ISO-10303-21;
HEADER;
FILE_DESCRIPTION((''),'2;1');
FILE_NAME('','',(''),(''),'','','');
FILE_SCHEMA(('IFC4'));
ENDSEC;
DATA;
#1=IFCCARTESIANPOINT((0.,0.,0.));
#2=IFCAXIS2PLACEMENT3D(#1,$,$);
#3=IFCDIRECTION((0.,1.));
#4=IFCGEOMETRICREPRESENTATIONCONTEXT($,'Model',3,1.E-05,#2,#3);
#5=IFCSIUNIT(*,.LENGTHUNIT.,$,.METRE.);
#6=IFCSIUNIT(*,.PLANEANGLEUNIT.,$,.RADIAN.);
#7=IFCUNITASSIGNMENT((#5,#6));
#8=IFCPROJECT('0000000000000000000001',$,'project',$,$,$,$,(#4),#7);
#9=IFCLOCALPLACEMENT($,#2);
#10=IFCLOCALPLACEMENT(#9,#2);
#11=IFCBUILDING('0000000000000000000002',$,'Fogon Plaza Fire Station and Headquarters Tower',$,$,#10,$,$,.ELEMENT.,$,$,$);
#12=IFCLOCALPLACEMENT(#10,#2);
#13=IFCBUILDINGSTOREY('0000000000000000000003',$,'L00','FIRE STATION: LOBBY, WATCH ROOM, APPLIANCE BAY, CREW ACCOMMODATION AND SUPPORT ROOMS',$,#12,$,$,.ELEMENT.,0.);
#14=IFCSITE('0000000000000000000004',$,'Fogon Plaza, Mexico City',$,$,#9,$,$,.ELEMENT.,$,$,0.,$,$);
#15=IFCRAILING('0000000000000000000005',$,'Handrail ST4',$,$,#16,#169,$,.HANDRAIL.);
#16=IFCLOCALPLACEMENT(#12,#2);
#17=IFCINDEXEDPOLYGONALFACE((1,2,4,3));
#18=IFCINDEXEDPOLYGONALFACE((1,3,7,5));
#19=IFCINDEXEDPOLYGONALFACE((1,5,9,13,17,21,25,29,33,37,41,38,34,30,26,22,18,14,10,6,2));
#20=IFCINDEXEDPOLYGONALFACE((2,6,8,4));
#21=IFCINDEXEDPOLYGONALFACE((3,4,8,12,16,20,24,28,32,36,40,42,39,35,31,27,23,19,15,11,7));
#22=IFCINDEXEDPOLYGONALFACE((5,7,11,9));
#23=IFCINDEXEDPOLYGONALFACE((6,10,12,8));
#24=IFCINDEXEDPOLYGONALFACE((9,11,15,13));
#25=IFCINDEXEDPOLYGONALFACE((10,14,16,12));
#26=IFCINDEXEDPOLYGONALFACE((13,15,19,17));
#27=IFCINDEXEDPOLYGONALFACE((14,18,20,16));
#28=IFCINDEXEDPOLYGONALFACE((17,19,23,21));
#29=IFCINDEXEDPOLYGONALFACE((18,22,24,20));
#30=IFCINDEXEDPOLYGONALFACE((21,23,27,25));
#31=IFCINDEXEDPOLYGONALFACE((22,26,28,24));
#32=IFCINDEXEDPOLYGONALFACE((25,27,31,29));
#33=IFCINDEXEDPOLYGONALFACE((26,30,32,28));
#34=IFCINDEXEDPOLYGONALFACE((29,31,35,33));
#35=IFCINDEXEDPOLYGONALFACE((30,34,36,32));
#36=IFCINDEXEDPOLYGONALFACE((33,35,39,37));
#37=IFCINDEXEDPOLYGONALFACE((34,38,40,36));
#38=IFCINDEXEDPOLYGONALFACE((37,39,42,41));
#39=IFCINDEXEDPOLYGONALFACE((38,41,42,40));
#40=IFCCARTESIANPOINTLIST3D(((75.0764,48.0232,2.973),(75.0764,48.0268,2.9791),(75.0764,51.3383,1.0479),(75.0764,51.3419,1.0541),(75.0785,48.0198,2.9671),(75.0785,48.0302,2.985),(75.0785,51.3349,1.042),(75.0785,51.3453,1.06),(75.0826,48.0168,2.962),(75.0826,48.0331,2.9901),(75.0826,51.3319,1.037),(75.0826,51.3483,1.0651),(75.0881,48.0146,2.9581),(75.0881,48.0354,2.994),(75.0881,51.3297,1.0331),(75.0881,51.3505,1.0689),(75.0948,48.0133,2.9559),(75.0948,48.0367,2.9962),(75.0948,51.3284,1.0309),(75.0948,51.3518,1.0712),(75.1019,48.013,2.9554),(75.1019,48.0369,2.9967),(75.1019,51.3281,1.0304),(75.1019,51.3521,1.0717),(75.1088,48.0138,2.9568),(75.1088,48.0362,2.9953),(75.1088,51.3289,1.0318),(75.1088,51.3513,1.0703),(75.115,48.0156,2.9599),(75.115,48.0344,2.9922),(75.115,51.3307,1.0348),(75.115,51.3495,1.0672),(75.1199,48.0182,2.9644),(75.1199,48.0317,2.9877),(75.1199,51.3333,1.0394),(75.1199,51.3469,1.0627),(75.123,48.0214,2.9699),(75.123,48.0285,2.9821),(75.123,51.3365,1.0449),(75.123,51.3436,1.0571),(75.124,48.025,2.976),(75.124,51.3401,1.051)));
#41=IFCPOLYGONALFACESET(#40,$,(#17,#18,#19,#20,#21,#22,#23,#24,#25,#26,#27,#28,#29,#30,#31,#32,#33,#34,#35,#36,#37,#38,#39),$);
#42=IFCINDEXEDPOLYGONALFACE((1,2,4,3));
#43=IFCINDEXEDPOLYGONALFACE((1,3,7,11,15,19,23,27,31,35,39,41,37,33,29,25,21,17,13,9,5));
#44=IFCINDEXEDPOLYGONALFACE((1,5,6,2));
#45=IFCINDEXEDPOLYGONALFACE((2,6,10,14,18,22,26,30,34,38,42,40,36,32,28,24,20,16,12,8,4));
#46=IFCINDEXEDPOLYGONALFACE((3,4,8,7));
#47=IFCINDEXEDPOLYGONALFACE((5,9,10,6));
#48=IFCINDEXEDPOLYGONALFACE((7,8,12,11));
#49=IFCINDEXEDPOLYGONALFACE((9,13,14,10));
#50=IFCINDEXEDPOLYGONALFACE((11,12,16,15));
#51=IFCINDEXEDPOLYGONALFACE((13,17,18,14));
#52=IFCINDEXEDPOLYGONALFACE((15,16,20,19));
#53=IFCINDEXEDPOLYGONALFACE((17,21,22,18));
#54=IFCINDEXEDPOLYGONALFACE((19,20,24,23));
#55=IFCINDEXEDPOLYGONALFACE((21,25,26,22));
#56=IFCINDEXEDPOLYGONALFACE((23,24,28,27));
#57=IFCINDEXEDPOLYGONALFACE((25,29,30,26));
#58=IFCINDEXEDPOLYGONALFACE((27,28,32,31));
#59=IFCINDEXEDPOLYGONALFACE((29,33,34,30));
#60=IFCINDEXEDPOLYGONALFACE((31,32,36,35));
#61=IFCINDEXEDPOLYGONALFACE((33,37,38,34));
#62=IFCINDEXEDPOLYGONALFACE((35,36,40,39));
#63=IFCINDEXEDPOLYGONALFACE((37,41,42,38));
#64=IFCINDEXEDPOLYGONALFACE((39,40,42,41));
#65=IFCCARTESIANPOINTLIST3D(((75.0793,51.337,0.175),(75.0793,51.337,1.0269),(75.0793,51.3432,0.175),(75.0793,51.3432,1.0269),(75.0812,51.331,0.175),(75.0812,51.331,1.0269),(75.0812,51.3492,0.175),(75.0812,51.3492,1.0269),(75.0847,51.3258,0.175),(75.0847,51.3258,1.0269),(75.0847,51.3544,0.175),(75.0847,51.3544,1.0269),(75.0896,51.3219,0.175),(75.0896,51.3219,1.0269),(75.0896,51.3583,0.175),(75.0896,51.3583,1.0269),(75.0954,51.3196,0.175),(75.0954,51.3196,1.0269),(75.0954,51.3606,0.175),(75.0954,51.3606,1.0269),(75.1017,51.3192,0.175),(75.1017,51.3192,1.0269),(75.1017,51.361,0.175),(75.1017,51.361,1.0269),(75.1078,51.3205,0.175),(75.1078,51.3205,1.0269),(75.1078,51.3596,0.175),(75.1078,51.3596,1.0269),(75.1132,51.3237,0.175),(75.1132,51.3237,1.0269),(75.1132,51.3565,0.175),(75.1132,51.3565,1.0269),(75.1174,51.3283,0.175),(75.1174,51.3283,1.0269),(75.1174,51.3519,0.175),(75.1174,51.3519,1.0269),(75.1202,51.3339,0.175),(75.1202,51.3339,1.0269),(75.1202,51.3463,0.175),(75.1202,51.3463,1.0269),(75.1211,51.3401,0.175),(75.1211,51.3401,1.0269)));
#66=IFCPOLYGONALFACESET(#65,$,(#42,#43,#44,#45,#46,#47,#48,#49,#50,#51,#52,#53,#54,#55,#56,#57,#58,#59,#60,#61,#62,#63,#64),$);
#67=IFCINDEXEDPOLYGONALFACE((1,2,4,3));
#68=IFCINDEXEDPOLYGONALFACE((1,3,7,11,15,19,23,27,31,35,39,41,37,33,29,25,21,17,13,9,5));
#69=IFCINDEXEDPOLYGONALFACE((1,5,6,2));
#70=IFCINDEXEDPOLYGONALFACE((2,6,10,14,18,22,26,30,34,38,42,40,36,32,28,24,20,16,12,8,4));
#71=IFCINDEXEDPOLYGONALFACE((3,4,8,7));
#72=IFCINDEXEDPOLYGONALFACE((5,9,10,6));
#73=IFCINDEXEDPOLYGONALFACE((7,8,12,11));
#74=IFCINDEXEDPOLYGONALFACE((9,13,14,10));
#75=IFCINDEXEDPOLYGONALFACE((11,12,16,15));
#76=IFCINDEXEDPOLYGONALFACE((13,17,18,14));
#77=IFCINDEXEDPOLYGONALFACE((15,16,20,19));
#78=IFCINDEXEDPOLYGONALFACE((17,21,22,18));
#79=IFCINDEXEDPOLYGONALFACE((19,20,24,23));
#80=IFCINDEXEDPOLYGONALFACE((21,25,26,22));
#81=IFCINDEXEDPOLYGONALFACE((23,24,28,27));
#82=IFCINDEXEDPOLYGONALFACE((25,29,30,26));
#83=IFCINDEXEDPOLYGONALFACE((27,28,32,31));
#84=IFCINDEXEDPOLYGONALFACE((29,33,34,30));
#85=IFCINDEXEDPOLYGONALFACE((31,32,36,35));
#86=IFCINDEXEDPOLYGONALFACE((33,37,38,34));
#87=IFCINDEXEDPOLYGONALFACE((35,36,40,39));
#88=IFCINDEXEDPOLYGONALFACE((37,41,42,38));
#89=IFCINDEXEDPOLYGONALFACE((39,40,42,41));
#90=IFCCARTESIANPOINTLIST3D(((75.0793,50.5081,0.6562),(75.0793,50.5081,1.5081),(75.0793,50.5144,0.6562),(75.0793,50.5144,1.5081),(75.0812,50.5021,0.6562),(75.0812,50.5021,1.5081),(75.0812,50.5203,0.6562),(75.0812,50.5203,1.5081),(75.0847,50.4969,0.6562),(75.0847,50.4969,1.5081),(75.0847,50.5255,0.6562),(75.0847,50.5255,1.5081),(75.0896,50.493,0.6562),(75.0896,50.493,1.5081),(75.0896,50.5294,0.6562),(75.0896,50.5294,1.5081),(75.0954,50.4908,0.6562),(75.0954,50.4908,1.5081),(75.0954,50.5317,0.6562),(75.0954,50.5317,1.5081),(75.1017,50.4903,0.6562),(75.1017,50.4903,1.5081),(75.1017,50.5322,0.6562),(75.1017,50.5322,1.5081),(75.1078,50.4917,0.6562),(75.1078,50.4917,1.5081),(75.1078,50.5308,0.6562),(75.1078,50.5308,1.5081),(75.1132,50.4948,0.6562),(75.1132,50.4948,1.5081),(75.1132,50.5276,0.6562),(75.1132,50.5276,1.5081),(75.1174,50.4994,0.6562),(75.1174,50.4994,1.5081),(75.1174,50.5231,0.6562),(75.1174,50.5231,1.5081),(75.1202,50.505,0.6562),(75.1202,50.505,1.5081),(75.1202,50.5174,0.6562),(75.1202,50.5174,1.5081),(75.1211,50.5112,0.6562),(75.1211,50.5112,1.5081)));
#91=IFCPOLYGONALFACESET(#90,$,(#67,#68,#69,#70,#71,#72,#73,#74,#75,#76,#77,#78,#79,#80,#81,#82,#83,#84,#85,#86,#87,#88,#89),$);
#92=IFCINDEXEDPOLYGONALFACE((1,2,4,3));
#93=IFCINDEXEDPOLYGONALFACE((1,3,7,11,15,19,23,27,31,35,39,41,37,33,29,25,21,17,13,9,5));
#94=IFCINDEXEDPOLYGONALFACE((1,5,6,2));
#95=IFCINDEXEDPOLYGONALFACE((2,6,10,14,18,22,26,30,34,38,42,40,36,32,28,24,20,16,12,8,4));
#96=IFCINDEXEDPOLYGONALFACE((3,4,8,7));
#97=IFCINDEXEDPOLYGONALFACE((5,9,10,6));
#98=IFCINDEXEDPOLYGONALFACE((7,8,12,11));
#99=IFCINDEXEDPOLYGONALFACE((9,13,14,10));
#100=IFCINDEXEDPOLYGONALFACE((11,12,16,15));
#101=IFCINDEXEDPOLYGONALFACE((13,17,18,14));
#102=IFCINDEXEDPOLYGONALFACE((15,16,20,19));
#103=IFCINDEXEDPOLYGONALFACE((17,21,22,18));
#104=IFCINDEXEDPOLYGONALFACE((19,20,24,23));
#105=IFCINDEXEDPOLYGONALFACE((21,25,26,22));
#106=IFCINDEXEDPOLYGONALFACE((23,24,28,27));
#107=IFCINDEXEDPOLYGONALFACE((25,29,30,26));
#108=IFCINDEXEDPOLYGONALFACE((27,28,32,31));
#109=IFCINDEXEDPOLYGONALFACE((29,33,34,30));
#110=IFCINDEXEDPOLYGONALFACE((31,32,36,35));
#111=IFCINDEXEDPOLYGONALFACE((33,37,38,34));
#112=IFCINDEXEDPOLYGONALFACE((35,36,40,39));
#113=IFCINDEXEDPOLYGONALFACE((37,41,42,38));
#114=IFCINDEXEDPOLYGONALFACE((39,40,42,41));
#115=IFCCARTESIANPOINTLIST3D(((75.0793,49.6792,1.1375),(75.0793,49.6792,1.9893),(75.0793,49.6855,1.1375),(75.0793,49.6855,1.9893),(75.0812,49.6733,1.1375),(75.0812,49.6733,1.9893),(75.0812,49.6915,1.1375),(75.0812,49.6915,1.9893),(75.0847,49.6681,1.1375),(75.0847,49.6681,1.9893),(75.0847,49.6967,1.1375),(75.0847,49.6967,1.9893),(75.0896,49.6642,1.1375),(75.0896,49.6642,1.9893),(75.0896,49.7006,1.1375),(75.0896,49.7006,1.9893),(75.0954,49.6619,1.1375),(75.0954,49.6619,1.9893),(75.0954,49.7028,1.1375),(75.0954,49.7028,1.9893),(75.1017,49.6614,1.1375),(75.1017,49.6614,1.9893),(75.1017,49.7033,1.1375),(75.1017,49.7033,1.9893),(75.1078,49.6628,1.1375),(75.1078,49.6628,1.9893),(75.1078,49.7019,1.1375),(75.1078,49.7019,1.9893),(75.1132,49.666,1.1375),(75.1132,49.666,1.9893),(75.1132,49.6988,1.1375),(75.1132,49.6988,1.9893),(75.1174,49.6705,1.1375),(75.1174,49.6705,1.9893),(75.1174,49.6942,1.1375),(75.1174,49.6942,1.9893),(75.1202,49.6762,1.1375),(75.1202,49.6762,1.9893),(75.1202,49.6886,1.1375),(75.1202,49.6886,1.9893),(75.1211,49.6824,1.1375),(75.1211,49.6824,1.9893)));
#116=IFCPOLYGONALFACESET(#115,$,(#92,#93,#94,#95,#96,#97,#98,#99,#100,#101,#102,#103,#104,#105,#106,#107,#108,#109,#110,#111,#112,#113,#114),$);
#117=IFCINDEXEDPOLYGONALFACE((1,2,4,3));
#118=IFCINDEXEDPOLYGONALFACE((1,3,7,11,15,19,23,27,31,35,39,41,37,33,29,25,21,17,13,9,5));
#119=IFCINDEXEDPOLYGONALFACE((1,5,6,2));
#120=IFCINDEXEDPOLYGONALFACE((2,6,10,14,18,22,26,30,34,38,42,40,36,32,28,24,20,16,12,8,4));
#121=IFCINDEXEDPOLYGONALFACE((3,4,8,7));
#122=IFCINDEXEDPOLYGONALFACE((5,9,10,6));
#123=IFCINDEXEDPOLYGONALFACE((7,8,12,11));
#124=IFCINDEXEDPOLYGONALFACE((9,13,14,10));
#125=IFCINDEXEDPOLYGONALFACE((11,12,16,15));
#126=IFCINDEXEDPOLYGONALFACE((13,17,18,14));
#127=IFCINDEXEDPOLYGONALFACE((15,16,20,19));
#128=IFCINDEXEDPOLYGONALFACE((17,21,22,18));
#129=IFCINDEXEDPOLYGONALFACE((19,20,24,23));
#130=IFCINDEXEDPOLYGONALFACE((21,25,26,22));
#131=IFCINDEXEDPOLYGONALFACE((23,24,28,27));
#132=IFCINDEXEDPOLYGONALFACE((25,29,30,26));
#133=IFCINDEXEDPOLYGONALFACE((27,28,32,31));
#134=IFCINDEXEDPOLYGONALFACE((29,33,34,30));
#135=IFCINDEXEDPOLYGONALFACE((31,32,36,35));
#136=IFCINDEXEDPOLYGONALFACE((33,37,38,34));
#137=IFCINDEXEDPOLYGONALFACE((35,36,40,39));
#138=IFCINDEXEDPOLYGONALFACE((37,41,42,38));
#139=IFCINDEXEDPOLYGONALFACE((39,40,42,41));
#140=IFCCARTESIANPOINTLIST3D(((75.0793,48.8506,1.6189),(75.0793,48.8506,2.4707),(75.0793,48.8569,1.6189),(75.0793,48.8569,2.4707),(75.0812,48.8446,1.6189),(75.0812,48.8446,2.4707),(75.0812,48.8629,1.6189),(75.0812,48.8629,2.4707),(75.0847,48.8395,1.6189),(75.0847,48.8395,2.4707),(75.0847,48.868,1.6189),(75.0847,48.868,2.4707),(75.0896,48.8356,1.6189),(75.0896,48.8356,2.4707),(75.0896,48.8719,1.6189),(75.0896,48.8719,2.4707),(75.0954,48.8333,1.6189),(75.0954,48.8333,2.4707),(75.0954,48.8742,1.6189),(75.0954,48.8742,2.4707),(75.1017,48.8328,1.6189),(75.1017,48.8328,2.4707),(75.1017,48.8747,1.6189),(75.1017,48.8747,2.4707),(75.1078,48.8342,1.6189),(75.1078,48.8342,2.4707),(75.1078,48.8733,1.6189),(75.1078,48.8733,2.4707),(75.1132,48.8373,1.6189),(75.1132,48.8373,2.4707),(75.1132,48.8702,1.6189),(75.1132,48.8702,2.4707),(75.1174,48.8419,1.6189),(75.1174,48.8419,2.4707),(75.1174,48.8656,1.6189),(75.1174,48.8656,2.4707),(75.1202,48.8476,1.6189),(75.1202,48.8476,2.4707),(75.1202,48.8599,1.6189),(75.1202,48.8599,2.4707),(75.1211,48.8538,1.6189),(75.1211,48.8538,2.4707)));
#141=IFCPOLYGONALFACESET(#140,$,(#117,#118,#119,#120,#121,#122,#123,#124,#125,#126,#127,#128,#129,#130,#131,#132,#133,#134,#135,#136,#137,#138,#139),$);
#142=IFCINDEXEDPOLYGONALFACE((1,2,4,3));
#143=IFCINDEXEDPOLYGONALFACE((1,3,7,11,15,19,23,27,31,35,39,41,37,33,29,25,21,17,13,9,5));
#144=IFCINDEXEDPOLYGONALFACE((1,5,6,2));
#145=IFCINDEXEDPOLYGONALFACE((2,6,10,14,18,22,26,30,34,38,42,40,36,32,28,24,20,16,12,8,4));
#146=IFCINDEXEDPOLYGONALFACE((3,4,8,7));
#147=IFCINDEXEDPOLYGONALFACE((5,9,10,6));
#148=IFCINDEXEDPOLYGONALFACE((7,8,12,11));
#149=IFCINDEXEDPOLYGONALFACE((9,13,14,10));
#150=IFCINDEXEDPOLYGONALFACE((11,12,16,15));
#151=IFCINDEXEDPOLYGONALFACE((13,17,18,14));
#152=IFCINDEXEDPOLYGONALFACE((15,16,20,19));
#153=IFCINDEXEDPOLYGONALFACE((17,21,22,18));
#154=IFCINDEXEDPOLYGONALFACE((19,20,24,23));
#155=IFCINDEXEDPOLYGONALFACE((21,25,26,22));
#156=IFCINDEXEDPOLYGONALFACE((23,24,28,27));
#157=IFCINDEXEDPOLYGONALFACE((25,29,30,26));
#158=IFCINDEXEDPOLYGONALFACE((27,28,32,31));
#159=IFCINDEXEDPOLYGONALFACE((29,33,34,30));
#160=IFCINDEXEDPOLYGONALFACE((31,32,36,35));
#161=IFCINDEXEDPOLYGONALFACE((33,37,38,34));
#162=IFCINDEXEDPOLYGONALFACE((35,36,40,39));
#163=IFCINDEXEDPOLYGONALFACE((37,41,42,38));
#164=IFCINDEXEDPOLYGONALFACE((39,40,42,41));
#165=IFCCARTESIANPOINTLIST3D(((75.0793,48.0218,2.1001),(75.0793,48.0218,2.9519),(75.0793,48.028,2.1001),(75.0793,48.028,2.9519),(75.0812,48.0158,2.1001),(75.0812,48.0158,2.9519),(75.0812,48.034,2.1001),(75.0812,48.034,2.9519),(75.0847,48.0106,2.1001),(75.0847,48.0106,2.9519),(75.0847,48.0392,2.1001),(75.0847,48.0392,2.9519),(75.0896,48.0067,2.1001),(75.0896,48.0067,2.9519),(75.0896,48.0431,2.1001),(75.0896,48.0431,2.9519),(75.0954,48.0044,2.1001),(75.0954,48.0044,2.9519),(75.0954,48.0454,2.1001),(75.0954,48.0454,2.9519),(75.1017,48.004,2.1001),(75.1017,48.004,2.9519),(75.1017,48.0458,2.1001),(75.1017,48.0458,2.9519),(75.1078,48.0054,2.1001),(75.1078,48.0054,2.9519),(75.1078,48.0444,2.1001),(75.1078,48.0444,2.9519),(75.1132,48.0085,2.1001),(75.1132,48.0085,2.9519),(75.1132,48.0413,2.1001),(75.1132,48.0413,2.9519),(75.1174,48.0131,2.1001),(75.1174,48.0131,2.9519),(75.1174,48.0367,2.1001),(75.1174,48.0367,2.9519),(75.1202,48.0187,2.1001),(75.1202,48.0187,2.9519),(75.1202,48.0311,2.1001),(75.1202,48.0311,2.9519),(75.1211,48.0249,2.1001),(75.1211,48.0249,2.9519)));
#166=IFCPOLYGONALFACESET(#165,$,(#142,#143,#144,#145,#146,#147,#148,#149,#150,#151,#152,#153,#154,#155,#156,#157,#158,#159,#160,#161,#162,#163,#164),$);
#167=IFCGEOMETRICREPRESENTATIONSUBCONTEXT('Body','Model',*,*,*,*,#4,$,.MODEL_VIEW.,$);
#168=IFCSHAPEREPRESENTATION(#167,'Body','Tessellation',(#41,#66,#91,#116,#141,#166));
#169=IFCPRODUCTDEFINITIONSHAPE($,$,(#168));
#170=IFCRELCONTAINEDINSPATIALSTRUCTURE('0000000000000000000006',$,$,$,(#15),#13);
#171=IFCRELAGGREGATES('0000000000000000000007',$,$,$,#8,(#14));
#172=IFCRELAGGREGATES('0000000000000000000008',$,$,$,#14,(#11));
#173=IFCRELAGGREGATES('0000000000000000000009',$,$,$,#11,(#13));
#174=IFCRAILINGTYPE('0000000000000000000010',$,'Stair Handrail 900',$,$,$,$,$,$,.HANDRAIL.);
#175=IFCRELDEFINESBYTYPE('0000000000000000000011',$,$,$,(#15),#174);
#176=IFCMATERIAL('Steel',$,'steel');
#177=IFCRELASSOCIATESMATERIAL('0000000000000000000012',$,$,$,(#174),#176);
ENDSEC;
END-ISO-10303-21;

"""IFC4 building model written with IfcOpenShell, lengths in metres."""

from ifc_helpers import new_model, si_unit, direction, frame, origin, origin_2d, place, context, subcontext, project, spatial, circle, extrude, material, type_object, element, save


model = new_model("IFC4")

# Units and contexts
model_context = context("Model", 3, precision=1e-05, world=origin(), true_north=direction((0.0, 1.0)))
body_context = subcontext(model_context, "Body", "Model", "MODEL_VIEW")
ifc_project = project(units=[si_unit("LENGTHUNIT", "METRE"), si_unit("PLANEANGLEUNIT", "RADIAN")], contexts=[model_context])

# Site, building, storey
site_placement = place(None, origin())
site = spatial("IfcSite", under=ifc_project, at=site_placement, Name="Fogon Plaza, Mexico City", CompositionType="ELEMENT", RefElevation=0.0)
building_placement = place(site_placement, origin())
building = spatial("IfcBuilding", under=site, at=building_placement, Name="Fogon Plaza Fire Station and Headquarters Tower", CompositionType="ELEMENT")
storey_placement = place(building_placement, origin())
storey = spatial("IfcBuildingStorey", under=building, at=storey_placement, Name="L00", Description="FIRE STATION: LOBBY, WATCH ROOM, APPLIANCE BAY, CREW ACCOMMODATION AND SUPPORT ROOMS", CompositionType="ELEMENT", Elevation=0.0)

# Railing
ifc_material_1 = material(Name="Steel", Category="steel")
railing_type = type_object("IfcRailingType", Name="Stair Handrail 900", PredefinedType="HANDRAIL", material=ifc_material_1)
for number, where, name in (
    (1, (75.1001, 51.3401, 0.175), "Handrail ST4"),
):
    element("IfcRailing", number, at=place(storey_placement, frame(where)), inside=storey, type_object=railing_type, Name=name, PredefinedType="HANDRAIL", context=body_context, shape_type="SweptSolid", body=[
        extrude(circle(Radius=0.0239, at=origin_2d()), frame((0.0, 0.0, 0.876), z_axis=(0.0, -0.864777, 0.502155), x_axis=(1.0, 0.0, 0.0)), (0.0, 0.0, 1.0), 3.8335),
        extrude(circle(Radius=0.021, at=origin_2d()), origin(), (0.0, 0.0, 1.0), 0.8518),
        extrude(circle(Radius=0.021, at=origin_2d()), frame((0.0, -0.8289, 0.4812)), (0.0, 0.0, 1.0), 0.8518),
        extrude(circle(Radius=0.021, at=origin_2d()), frame((0.0, -1.6577, 0.9624)), (0.0, 0.0, 1.0), 0.8518),
        extrude(circle(Radius=0.021, at=origin_2d()), frame((0.0, -2.4863, 1.4438)), (0.0, 0.0, 1.0), 0.8518),
        extrude(circle(Radius=0.021, at=origin_2d()), frame((0.0, -3.3152, 1.925)), (0.0, 0.0, 1.0), 0.8518),
    ])

save(model, "model.ifc")
